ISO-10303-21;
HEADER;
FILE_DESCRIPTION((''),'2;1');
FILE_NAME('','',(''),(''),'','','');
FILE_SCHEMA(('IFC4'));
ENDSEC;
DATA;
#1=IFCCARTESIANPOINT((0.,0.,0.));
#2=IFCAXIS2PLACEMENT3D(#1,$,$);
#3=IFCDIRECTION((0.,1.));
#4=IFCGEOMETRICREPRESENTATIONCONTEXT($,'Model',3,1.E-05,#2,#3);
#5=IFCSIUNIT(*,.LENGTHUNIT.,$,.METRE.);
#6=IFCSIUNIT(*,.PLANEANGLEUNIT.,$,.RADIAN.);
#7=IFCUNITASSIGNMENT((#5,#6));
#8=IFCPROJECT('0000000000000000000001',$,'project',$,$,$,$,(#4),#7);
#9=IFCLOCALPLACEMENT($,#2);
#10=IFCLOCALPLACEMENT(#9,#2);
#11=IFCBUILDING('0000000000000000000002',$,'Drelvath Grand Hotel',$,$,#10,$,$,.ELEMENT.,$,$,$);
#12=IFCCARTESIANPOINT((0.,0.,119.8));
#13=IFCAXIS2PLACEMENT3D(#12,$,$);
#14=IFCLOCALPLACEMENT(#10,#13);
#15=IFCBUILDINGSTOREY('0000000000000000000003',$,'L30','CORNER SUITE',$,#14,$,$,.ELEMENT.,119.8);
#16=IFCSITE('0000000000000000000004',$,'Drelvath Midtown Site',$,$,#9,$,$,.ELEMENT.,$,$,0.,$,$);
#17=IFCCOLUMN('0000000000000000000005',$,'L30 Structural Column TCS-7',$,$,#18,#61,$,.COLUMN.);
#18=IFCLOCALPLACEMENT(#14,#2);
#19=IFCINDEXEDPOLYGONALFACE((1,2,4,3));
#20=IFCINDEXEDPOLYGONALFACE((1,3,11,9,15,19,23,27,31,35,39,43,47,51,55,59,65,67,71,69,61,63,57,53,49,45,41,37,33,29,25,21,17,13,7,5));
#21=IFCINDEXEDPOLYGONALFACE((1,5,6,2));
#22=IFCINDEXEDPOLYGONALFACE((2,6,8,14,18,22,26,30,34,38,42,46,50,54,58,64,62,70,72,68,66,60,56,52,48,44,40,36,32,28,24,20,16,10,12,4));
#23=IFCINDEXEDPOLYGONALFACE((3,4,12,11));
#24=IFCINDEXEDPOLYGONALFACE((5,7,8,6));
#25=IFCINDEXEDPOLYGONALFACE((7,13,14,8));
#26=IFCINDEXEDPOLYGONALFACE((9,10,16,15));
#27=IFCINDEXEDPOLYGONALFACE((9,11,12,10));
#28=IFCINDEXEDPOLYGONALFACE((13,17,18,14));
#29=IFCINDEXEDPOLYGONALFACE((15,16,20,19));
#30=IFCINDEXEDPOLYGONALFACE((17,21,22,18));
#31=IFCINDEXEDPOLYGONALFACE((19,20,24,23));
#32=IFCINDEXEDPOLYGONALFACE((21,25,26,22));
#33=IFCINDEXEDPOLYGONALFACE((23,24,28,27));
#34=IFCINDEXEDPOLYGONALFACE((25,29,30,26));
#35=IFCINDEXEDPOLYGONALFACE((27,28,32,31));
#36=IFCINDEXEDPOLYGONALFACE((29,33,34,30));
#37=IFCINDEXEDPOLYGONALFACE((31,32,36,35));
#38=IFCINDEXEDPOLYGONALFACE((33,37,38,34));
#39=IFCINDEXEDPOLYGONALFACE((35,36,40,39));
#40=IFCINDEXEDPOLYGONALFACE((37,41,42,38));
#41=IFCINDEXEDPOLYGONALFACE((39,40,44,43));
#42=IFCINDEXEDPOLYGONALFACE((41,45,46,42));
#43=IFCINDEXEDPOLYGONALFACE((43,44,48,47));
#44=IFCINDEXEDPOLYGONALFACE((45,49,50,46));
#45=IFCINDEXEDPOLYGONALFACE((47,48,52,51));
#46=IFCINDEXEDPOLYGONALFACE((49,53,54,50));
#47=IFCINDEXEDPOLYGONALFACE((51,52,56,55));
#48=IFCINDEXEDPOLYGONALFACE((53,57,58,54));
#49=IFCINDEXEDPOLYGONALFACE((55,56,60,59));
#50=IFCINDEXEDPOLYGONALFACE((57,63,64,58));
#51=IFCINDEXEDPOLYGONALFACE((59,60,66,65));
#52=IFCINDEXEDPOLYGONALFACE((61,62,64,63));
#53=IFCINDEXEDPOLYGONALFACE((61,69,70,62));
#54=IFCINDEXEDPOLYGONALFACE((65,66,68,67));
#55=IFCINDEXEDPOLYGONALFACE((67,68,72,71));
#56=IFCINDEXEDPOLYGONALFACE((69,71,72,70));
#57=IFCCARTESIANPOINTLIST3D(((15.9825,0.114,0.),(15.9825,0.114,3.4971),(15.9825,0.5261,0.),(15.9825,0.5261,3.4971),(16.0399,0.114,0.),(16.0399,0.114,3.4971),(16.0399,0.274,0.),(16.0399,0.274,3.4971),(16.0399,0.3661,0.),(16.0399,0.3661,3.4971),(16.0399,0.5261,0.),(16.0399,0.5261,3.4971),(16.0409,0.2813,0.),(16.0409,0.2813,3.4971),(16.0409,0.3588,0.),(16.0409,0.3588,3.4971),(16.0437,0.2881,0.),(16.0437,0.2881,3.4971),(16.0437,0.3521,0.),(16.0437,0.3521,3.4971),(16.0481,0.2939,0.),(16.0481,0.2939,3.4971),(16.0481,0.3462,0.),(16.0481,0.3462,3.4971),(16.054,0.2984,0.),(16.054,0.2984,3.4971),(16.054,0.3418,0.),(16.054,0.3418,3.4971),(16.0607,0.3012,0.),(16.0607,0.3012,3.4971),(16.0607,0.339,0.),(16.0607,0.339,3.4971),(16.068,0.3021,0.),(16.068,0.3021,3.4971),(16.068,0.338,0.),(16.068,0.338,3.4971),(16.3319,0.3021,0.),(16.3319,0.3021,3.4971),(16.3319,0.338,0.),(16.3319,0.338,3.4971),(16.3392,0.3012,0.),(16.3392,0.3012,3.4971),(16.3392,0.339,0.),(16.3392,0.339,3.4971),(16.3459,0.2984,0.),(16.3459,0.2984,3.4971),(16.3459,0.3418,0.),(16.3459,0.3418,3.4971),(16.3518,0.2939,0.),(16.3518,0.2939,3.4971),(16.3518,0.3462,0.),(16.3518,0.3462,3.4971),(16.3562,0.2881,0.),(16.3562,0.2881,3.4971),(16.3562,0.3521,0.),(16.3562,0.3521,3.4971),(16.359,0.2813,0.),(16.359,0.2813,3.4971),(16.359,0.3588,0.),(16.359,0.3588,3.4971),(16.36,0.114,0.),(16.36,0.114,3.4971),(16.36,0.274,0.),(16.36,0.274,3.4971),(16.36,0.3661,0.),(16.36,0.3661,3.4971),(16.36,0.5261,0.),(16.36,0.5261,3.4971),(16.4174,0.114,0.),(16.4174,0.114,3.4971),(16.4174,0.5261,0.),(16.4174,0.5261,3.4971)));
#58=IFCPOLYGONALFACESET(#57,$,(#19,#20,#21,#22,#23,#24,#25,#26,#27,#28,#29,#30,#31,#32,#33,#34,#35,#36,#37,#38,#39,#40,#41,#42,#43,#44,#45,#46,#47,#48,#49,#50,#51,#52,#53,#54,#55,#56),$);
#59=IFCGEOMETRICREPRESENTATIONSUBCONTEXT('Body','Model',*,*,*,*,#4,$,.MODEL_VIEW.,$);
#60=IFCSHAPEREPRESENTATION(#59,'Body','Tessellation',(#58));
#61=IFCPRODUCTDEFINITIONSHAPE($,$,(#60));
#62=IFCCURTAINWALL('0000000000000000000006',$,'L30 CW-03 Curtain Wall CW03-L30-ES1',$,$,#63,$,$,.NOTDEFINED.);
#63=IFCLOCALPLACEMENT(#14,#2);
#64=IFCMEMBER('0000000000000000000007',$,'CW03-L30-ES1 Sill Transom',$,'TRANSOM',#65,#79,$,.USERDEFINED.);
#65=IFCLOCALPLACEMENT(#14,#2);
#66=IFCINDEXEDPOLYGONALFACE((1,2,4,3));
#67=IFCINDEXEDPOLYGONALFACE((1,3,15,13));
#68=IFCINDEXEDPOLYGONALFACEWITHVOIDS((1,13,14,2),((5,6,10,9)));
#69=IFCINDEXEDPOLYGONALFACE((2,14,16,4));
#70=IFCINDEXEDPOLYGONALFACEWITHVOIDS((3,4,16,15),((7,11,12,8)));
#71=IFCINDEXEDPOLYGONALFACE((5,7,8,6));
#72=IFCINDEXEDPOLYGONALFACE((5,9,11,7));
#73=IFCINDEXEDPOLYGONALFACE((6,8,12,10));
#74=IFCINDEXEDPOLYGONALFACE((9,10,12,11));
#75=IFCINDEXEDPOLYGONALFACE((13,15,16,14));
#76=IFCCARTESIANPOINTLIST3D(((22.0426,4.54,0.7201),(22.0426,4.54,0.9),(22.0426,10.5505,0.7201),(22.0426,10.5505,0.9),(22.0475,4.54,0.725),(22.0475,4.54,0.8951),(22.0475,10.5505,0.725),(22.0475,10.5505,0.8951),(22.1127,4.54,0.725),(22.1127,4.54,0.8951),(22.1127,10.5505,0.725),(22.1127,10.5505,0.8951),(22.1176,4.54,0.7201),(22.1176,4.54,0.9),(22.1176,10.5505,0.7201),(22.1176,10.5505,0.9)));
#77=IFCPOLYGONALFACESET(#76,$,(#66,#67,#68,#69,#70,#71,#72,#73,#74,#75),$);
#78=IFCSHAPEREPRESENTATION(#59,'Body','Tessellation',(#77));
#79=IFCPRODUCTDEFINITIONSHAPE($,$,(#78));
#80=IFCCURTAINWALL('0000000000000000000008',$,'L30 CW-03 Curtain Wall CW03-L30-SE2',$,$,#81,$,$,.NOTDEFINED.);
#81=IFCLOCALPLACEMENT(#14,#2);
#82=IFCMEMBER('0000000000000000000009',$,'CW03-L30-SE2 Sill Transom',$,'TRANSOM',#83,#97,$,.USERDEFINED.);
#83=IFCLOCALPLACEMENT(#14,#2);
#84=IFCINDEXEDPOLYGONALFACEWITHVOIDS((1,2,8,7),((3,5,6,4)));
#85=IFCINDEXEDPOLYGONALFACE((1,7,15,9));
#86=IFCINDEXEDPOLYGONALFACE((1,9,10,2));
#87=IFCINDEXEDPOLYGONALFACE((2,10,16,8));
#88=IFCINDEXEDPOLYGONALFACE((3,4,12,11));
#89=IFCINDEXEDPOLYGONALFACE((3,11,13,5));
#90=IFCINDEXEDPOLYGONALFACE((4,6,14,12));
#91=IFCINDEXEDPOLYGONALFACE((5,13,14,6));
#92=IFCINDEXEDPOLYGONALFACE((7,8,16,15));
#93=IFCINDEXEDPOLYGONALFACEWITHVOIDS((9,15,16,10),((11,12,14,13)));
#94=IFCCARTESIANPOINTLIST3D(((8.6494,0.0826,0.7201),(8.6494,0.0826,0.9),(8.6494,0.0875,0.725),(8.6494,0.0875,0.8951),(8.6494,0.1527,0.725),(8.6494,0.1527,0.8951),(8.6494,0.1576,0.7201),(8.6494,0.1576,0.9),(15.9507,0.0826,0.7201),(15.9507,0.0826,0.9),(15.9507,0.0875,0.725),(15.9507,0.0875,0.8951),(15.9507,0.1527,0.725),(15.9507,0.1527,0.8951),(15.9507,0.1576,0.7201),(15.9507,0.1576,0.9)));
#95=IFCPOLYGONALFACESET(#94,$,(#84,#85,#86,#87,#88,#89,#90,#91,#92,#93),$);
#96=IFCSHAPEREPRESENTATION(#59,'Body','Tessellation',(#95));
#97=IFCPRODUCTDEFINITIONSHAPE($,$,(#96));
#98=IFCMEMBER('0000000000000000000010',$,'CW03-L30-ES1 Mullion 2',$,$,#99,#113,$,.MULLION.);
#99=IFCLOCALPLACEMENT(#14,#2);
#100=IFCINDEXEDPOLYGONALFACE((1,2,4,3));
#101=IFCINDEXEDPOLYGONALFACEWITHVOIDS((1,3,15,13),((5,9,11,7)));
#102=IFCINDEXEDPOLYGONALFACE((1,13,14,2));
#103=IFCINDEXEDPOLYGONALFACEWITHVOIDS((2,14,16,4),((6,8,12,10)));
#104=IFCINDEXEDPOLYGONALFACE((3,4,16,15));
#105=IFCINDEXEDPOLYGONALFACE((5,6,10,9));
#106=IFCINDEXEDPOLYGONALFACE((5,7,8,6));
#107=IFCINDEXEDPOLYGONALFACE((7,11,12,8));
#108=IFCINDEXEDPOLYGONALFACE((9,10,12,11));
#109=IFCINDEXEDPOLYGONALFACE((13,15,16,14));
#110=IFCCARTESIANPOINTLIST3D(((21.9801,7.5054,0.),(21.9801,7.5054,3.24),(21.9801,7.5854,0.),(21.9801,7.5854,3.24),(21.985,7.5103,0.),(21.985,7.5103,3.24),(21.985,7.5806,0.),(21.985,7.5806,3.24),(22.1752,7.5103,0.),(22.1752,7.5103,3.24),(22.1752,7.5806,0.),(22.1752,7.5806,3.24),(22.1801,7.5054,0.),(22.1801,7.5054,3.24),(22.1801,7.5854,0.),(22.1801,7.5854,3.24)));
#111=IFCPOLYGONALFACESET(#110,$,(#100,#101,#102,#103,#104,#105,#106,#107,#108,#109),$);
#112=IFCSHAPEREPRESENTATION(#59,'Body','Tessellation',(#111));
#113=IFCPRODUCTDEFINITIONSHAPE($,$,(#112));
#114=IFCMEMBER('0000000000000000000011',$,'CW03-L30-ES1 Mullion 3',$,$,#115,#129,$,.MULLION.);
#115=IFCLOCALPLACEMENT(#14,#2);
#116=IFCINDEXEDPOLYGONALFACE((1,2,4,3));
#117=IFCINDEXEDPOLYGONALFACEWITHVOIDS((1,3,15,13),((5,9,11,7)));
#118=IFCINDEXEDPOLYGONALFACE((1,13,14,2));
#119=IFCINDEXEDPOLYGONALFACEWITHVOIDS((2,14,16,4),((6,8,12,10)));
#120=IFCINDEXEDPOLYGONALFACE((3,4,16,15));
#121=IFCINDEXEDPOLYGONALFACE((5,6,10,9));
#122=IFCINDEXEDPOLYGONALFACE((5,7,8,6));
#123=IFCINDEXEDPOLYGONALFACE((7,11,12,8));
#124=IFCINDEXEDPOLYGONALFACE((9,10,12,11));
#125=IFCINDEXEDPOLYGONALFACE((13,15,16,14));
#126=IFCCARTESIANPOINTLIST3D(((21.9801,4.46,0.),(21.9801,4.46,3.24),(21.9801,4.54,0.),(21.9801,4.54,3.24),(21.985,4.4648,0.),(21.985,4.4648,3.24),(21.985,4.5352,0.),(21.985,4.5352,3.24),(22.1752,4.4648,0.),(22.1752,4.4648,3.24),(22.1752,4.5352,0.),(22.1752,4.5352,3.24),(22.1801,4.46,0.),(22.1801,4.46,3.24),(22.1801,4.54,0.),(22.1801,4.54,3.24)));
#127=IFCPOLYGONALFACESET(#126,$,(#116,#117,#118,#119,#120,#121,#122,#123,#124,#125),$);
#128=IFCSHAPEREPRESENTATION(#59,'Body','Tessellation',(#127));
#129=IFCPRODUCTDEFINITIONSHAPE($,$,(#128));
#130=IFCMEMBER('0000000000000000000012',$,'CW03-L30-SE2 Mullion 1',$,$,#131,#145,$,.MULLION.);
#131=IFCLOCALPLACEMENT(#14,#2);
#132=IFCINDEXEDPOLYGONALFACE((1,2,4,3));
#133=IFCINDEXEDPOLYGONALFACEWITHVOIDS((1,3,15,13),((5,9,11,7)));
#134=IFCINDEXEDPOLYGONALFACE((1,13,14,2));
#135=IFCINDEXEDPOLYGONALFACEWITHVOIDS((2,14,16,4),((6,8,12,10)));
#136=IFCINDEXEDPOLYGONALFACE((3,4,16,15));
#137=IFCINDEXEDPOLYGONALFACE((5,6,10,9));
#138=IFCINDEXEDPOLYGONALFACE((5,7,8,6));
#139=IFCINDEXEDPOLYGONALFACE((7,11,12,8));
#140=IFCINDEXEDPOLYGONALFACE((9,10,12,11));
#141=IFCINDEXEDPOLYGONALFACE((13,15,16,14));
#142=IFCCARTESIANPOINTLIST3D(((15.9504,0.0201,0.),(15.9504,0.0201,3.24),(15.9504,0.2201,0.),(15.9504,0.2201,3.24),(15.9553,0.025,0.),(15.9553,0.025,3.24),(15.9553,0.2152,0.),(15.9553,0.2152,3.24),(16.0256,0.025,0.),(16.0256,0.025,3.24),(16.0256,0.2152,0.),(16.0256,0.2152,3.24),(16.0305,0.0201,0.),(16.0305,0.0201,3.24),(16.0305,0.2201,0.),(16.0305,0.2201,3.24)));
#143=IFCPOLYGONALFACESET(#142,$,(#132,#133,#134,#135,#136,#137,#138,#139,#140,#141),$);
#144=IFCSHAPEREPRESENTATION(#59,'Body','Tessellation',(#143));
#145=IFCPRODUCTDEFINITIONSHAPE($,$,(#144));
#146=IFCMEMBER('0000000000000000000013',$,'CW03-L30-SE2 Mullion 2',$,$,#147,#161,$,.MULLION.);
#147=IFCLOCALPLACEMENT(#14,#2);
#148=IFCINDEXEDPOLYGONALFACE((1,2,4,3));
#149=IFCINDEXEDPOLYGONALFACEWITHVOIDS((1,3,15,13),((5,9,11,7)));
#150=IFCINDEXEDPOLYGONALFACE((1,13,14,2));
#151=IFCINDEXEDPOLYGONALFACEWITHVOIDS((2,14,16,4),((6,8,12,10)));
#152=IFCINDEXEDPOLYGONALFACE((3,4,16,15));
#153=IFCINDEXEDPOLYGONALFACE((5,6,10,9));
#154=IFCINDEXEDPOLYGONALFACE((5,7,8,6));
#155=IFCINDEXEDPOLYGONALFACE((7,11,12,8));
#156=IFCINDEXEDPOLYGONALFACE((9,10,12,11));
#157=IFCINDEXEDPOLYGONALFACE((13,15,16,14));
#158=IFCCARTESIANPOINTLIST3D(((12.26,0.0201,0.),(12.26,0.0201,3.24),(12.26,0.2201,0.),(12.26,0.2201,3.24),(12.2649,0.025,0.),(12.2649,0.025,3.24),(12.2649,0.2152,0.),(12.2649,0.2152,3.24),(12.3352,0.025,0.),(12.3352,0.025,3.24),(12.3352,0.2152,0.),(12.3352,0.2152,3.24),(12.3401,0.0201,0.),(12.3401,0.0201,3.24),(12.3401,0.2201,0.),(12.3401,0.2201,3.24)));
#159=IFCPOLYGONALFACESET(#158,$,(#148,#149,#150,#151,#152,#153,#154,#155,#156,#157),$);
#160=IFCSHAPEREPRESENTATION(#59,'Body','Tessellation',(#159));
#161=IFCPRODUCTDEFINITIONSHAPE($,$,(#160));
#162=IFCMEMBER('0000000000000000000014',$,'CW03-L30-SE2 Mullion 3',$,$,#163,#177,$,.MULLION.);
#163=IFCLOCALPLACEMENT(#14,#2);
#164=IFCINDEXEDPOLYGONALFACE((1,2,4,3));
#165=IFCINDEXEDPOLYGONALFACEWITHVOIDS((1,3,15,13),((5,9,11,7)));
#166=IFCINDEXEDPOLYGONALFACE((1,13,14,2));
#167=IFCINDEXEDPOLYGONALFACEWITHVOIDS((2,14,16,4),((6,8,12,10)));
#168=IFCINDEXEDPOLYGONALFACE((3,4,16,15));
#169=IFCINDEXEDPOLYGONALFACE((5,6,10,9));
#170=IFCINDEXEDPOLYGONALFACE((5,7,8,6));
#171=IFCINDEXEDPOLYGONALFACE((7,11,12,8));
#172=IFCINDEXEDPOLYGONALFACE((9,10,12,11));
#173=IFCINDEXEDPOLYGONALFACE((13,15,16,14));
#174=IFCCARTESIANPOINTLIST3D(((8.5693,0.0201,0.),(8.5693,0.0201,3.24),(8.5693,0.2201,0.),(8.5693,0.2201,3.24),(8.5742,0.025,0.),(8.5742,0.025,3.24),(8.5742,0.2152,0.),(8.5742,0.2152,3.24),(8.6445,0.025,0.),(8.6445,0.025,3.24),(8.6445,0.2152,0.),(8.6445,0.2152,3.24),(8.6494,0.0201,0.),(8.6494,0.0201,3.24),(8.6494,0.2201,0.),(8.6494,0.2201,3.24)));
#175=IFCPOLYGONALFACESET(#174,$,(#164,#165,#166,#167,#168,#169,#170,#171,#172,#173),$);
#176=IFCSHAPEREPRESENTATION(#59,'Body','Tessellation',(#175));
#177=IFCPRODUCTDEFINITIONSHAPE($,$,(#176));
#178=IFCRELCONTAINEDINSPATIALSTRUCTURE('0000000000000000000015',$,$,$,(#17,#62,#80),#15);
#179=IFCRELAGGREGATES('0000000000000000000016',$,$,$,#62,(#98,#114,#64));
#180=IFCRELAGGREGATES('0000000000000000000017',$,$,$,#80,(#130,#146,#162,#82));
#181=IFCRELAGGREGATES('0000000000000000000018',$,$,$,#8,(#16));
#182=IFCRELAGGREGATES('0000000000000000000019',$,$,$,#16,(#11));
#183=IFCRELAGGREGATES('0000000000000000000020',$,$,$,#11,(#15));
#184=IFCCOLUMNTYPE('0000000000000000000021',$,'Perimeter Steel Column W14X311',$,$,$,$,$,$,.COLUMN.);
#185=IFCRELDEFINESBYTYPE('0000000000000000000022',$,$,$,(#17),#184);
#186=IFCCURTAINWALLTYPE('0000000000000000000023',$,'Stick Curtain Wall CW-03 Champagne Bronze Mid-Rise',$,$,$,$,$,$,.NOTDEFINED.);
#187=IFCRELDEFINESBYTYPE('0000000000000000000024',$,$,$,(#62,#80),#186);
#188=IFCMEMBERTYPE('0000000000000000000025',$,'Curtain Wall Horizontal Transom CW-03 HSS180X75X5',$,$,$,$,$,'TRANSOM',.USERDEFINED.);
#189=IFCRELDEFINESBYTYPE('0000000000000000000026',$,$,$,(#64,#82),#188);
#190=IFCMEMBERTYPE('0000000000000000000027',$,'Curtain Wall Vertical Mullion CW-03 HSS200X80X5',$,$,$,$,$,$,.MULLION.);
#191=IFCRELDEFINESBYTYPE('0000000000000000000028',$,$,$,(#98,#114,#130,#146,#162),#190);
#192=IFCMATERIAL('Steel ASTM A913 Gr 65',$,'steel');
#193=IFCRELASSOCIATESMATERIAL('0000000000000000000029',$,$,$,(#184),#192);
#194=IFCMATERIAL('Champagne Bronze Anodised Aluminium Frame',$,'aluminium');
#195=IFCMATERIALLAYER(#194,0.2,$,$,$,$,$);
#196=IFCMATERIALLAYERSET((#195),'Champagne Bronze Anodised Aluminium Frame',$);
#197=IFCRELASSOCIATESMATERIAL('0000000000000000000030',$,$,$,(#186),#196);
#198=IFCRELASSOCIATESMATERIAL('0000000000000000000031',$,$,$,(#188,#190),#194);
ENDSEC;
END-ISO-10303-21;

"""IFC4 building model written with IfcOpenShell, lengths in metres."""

from ifc_helpers import new_model, si_unit, direction, frame, origin, origin_2d, place, context, subcontext, project, spatial, hollow_rectangle, i_section, extrude, material, layer, layer_set, material_profile, profile_set, type_object, element, aggregate, save


model = new_model("IFC4")

# Units and contexts
model_context = context("Model", 3, precision=1e-05, world=origin(), true_north=direction((0.0, 1.0)))
body_context = subcontext(model_context, "Body", "Model", "MODEL_VIEW")
ifc_project = project(units=[si_unit("LENGTHUNIT", "METRE"), si_unit("PLANEANGLEUNIT", "RADIAN")], contexts=[model_context])

# Site, building, storey
site_placement = place(None, origin())
site = spatial("IfcSite", under=ifc_project, at=site_placement, Name="Drelvath Midtown Site", CompositionType="ELEMENT", RefElevation=0.0)
building_placement = place(site_placement, origin())
building = spatial("IfcBuilding", under=site, at=building_placement, Name="Drelvath Grand Hotel", CompositionType="ELEMENT")
storey_placement = place(building_placement, frame((0.0, 0.0, 119.8)))
storey = spatial("IfcBuildingStorey", under=building, at=storey_placement, Name="L30", Description="CORNER SUITE", CompositionType="ELEMENT", Elevation=119.8)

# Column
ifc_material_1 = material(Name="Steel ASTM A913 Gr 65", Category="steel")
ifc_material_profile_1 = material_profile(ifc_material_1, i_section(OverallWidth=0.4121, OverallDepth=0.4348, WebThickness=0.0359, FlangeThickness=0.0574, FilletRadius=0.0281, at=origin_2d()), Name="W14X311")
ifc_profile_set_1 = profile_set([ifc_material_profile_1], Name="Steel ASTM A913 Gr 65")
column_type = type_object("IfcColumnType", Name="Perimeter Steel Column W14X311", PredefinedType="COLUMN", material=ifc_profile_set_1)
column_placement = place(storey_placement, frame((16.2, 0.3201, 0.0), z_axis=(0.0, 0.0, 1.0), x_axis=(0.0, 1.0, 0.0)))
element("IfcColumn", 1, at=column_placement, inside=storey, type_object=column_type, Name="L30 Structural Column TCS-7", PredefinedType="COLUMN", context=body_context, shape_type="SweptSolid", body=[
    extrude(i_section(OverallWidth=0.4121, OverallDepth=0.4348, WebThickness=0.0359, FlangeThickness=0.0574, FilletRadius=0.0281, at=origin_2d()), origin(), (0.0, 0.0, 1.0), 3.4971),
])

# Curtain walls, members
ifc_material_2 = material(Name="Champagne Bronze Anodised Aluminium Frame", Category="aluminium")
ifc_layer_1 = layer(ifc_material_2, 0.2)
ifc_layer_set_1 = layer_set([ifc_layer_1], Name="Champagne Bronze Anodised Aluminium Frame")
curtain_wall_type = type_object("IfcCurtainWallType", Name="Stick Curtain Wall CW-03 Champagne Bronze Mid-Rise", PredefinedType="NOTDEFINED", material=ifc_layer_set_1)
curtain_wall_1_placement = place(storey_placement, origin())
curtain_wall_1 = element("IfcCurtainWall", 2, at=curtain_wall_1_placement, inside=storey, type_object=curtain_wall_type, Name="L30 CW-03 Curtain Wall CW03-L30-ES1", PredefinedType="NOTDEFINED")
ifc_material_profile_2 = material_profile(ifc_material_2, hollow_rectangle(XDim=0.075, YDim=0.1799, WallThickness=0.0049, at=origin_2d()), Name="HSS180X75X5")
ifc_profile_set_2 = profile_set([ifc_material_profile_2], Name="Champagne Bronze Anodised Aluminium Frame")
member_type_1 = type_object("IfcMemberType", Name="Curtain Wall Horizontal Transom CW-03 HSS180X75X5", ElementType="TRANSOM", PredefinedType="USERDEFINED", material=ifc_profile_set_2)
member_1_placement = place(storey_placement, frame((22.0801, 10.5505, 0.8101), z_axis=(0.0, -1.0, 0.0), x_axis=(1.0, 0.0, 0.0)))
member_1 = element("IfcMember", 3, at=member_1_placement, type_object=member_type_1, Name="CW03-L30-ES1 Sill Transom", ObjectType="TRANSOM", PredefinedType="USERDEFINED", context=body_context, shape_type="SweptSolid", body=[
    extrude(hollow_rectangle(XDim=0.075, YDim=0.1799, WallThickness=0.0049, at=origin_2d()), origin(), (0.0, 0.0, 1.0), 6.0105),
])
curtain_wall_2_placement = place(storey_placement, origin())
curtain_wall_2 = element("IfcCurtainWall", 4, at=curtain_wall_2_placement, inside=storey, type_object=curtain_wall_type, Name="L30 CW-03 Curtain Wall CW03-L30-SE2", PredefinedType="NOTDEFINED")
member_2_placement = place(storey_placement, frame((15.9507, 0.1201, 0.8101), z_axis=(-1.0, 0.0, 0.0), x_axis=(0.0, -1.0, 0.0)))
member_2 = element("IfcMember", 5, at=member_2_placement, type_object=member_type_1, Name="CW03-L30-SE2 Sill Transom", ObjectType="TRANSOM", PredefinedType="USERDEFINED", context=body_context, shape_type="SweptSolid", body=[
    extrude(hollow_rectangle(XDim=0.075, YDim=0.1799, WallThickness=0.0049, at=origin_2d()), origin(), (0.0, 0.0, 1.0), 7.3013),
])

# Members
ifc_material_profile_3 = material_profile(ifc_material_2, hollow_rectangle(XDim=0.0801, YDim=0.2, WallThickness=0.0049, at=origin_2d()), Name="HSS200X80X5")
ifc_profile_set_3 = profile_set([ifc_material_profile_3], Name="Champagne Bronze Anodised Aluminium Frame")
member_type_2 = type_object("IfcMemberType", Name="Curtain Wall Vertical Mullion CW-03 HSS200X80X5", PredefinedType="MULLION", material=ifc_profile_set_3)
member_3_placement = place(storey_placement, frame((22.0801, 7.5454, 0.0), z_axis=(0.0, 0.0, 1.0), x_axis=(0.0, 1.0, 0.0)))
member_3 = element("IfcMember", 6, at=member_3_placement, type_object=member_type_2, Name="CW03-L30-ES1 Mullion 2", PredefinedType="MULLION", context=body_context, shape_type="SweptSolid", body=[
    extrude(hollow_rectangle(XDim=0.0801, YDim=0.2, WallThickness=0.0049, at=origin_2d()), origin(), (0.0, 0.0, 1.0), 3.24),
])
member_4_placement = place(storey_placement, frame((22.0801, 4.5, 0.0), z_axis=(0.0, 0.0, 1.0), x_axis=(0.0, 1.0, 0.0)))
member_4 = element("IfcMember", 7, at=member_4_placement, type_object=member_type_2, Name="CW03-L30-ES1 Mullion 3", PredefinedType="MULLION", context=body_context, shape_type="SweptSolid", body=[
    extrude(hollow_rectangle(XDim=0.0801, YDim=0.2, WallThickness=0.0049, at=origin_2d()), origin(), (0.0, 0.0, 1.0), 3.24),
])
member_5_placement = place(storey_placement, frame((15.9905, 0.1201, 0.0), z_axis=(0.0, 0.0, 1.0), x_axis=(1.0, 0.0, 0.0)))
member_5 = element("IfcMember", 8, at=member_5_placement, type_object=member_type_2, Name="CW03-L30-SE2 Mullion 1", PredefinedType="MULLION", context=body_context, shape_type="SweptSolid", body=[
    extrude(hollow_rectangle(XDim=0.0801, YDim=0.2, WallThickness=0.0049, at=origin_2d()), origin(), (0.0, 0.0, 1.0), 3.24),
])
member_6_placement = place(storey_placement, frame((12.3, 0.1201, 0.0), z_axis=(0.0, 0.0, 1.0), x_axis=(1.0, 0.0, 0.0)))
member_6 = element("IfcMember", 9, at=member_6_placement, type_object=member_type_2, Name="CW03-L30-SE2 Mullion 2", PredefinedType="MULLION", context=body_context, shape_type="SweptSolid", body=[
    extrude(hollow_rectangle(XDim=0.0801, YDim=0.2, WallThickness=0.0049, at=origin_2d()), origin(), (0.0, 0.0, 1.0), 3.24),
])
member_7_placement = place(storey_placement, frame((8.6094, 0.1201, 0.0), z_axis=(0.0, 0.0, 1.0), x_axis=(1.0, 0.0, 0.0)))
member_7 = element("IfcMember", 10, at=member_7_placement, type_object=member_type_2, Name="CW03-L30-SE2 Mullion 3", PredefinedType="MULLION", context=body_context, shape_type="SweptSolid", body=[
    extrude(hollow_rectangle(XDim=0.0801, YDim=0.2, WallThickness=0.0049, at=origin_2d()), origin(), (0.0, 0.0, 1.0), 3.24),
])

aggregate(curtain_wall_1, [member_3, member_4, member_1])
aggregate(curtain_wall_2, [member_5, member_6, member_7, member_2])

save(model, "model.ifc")
